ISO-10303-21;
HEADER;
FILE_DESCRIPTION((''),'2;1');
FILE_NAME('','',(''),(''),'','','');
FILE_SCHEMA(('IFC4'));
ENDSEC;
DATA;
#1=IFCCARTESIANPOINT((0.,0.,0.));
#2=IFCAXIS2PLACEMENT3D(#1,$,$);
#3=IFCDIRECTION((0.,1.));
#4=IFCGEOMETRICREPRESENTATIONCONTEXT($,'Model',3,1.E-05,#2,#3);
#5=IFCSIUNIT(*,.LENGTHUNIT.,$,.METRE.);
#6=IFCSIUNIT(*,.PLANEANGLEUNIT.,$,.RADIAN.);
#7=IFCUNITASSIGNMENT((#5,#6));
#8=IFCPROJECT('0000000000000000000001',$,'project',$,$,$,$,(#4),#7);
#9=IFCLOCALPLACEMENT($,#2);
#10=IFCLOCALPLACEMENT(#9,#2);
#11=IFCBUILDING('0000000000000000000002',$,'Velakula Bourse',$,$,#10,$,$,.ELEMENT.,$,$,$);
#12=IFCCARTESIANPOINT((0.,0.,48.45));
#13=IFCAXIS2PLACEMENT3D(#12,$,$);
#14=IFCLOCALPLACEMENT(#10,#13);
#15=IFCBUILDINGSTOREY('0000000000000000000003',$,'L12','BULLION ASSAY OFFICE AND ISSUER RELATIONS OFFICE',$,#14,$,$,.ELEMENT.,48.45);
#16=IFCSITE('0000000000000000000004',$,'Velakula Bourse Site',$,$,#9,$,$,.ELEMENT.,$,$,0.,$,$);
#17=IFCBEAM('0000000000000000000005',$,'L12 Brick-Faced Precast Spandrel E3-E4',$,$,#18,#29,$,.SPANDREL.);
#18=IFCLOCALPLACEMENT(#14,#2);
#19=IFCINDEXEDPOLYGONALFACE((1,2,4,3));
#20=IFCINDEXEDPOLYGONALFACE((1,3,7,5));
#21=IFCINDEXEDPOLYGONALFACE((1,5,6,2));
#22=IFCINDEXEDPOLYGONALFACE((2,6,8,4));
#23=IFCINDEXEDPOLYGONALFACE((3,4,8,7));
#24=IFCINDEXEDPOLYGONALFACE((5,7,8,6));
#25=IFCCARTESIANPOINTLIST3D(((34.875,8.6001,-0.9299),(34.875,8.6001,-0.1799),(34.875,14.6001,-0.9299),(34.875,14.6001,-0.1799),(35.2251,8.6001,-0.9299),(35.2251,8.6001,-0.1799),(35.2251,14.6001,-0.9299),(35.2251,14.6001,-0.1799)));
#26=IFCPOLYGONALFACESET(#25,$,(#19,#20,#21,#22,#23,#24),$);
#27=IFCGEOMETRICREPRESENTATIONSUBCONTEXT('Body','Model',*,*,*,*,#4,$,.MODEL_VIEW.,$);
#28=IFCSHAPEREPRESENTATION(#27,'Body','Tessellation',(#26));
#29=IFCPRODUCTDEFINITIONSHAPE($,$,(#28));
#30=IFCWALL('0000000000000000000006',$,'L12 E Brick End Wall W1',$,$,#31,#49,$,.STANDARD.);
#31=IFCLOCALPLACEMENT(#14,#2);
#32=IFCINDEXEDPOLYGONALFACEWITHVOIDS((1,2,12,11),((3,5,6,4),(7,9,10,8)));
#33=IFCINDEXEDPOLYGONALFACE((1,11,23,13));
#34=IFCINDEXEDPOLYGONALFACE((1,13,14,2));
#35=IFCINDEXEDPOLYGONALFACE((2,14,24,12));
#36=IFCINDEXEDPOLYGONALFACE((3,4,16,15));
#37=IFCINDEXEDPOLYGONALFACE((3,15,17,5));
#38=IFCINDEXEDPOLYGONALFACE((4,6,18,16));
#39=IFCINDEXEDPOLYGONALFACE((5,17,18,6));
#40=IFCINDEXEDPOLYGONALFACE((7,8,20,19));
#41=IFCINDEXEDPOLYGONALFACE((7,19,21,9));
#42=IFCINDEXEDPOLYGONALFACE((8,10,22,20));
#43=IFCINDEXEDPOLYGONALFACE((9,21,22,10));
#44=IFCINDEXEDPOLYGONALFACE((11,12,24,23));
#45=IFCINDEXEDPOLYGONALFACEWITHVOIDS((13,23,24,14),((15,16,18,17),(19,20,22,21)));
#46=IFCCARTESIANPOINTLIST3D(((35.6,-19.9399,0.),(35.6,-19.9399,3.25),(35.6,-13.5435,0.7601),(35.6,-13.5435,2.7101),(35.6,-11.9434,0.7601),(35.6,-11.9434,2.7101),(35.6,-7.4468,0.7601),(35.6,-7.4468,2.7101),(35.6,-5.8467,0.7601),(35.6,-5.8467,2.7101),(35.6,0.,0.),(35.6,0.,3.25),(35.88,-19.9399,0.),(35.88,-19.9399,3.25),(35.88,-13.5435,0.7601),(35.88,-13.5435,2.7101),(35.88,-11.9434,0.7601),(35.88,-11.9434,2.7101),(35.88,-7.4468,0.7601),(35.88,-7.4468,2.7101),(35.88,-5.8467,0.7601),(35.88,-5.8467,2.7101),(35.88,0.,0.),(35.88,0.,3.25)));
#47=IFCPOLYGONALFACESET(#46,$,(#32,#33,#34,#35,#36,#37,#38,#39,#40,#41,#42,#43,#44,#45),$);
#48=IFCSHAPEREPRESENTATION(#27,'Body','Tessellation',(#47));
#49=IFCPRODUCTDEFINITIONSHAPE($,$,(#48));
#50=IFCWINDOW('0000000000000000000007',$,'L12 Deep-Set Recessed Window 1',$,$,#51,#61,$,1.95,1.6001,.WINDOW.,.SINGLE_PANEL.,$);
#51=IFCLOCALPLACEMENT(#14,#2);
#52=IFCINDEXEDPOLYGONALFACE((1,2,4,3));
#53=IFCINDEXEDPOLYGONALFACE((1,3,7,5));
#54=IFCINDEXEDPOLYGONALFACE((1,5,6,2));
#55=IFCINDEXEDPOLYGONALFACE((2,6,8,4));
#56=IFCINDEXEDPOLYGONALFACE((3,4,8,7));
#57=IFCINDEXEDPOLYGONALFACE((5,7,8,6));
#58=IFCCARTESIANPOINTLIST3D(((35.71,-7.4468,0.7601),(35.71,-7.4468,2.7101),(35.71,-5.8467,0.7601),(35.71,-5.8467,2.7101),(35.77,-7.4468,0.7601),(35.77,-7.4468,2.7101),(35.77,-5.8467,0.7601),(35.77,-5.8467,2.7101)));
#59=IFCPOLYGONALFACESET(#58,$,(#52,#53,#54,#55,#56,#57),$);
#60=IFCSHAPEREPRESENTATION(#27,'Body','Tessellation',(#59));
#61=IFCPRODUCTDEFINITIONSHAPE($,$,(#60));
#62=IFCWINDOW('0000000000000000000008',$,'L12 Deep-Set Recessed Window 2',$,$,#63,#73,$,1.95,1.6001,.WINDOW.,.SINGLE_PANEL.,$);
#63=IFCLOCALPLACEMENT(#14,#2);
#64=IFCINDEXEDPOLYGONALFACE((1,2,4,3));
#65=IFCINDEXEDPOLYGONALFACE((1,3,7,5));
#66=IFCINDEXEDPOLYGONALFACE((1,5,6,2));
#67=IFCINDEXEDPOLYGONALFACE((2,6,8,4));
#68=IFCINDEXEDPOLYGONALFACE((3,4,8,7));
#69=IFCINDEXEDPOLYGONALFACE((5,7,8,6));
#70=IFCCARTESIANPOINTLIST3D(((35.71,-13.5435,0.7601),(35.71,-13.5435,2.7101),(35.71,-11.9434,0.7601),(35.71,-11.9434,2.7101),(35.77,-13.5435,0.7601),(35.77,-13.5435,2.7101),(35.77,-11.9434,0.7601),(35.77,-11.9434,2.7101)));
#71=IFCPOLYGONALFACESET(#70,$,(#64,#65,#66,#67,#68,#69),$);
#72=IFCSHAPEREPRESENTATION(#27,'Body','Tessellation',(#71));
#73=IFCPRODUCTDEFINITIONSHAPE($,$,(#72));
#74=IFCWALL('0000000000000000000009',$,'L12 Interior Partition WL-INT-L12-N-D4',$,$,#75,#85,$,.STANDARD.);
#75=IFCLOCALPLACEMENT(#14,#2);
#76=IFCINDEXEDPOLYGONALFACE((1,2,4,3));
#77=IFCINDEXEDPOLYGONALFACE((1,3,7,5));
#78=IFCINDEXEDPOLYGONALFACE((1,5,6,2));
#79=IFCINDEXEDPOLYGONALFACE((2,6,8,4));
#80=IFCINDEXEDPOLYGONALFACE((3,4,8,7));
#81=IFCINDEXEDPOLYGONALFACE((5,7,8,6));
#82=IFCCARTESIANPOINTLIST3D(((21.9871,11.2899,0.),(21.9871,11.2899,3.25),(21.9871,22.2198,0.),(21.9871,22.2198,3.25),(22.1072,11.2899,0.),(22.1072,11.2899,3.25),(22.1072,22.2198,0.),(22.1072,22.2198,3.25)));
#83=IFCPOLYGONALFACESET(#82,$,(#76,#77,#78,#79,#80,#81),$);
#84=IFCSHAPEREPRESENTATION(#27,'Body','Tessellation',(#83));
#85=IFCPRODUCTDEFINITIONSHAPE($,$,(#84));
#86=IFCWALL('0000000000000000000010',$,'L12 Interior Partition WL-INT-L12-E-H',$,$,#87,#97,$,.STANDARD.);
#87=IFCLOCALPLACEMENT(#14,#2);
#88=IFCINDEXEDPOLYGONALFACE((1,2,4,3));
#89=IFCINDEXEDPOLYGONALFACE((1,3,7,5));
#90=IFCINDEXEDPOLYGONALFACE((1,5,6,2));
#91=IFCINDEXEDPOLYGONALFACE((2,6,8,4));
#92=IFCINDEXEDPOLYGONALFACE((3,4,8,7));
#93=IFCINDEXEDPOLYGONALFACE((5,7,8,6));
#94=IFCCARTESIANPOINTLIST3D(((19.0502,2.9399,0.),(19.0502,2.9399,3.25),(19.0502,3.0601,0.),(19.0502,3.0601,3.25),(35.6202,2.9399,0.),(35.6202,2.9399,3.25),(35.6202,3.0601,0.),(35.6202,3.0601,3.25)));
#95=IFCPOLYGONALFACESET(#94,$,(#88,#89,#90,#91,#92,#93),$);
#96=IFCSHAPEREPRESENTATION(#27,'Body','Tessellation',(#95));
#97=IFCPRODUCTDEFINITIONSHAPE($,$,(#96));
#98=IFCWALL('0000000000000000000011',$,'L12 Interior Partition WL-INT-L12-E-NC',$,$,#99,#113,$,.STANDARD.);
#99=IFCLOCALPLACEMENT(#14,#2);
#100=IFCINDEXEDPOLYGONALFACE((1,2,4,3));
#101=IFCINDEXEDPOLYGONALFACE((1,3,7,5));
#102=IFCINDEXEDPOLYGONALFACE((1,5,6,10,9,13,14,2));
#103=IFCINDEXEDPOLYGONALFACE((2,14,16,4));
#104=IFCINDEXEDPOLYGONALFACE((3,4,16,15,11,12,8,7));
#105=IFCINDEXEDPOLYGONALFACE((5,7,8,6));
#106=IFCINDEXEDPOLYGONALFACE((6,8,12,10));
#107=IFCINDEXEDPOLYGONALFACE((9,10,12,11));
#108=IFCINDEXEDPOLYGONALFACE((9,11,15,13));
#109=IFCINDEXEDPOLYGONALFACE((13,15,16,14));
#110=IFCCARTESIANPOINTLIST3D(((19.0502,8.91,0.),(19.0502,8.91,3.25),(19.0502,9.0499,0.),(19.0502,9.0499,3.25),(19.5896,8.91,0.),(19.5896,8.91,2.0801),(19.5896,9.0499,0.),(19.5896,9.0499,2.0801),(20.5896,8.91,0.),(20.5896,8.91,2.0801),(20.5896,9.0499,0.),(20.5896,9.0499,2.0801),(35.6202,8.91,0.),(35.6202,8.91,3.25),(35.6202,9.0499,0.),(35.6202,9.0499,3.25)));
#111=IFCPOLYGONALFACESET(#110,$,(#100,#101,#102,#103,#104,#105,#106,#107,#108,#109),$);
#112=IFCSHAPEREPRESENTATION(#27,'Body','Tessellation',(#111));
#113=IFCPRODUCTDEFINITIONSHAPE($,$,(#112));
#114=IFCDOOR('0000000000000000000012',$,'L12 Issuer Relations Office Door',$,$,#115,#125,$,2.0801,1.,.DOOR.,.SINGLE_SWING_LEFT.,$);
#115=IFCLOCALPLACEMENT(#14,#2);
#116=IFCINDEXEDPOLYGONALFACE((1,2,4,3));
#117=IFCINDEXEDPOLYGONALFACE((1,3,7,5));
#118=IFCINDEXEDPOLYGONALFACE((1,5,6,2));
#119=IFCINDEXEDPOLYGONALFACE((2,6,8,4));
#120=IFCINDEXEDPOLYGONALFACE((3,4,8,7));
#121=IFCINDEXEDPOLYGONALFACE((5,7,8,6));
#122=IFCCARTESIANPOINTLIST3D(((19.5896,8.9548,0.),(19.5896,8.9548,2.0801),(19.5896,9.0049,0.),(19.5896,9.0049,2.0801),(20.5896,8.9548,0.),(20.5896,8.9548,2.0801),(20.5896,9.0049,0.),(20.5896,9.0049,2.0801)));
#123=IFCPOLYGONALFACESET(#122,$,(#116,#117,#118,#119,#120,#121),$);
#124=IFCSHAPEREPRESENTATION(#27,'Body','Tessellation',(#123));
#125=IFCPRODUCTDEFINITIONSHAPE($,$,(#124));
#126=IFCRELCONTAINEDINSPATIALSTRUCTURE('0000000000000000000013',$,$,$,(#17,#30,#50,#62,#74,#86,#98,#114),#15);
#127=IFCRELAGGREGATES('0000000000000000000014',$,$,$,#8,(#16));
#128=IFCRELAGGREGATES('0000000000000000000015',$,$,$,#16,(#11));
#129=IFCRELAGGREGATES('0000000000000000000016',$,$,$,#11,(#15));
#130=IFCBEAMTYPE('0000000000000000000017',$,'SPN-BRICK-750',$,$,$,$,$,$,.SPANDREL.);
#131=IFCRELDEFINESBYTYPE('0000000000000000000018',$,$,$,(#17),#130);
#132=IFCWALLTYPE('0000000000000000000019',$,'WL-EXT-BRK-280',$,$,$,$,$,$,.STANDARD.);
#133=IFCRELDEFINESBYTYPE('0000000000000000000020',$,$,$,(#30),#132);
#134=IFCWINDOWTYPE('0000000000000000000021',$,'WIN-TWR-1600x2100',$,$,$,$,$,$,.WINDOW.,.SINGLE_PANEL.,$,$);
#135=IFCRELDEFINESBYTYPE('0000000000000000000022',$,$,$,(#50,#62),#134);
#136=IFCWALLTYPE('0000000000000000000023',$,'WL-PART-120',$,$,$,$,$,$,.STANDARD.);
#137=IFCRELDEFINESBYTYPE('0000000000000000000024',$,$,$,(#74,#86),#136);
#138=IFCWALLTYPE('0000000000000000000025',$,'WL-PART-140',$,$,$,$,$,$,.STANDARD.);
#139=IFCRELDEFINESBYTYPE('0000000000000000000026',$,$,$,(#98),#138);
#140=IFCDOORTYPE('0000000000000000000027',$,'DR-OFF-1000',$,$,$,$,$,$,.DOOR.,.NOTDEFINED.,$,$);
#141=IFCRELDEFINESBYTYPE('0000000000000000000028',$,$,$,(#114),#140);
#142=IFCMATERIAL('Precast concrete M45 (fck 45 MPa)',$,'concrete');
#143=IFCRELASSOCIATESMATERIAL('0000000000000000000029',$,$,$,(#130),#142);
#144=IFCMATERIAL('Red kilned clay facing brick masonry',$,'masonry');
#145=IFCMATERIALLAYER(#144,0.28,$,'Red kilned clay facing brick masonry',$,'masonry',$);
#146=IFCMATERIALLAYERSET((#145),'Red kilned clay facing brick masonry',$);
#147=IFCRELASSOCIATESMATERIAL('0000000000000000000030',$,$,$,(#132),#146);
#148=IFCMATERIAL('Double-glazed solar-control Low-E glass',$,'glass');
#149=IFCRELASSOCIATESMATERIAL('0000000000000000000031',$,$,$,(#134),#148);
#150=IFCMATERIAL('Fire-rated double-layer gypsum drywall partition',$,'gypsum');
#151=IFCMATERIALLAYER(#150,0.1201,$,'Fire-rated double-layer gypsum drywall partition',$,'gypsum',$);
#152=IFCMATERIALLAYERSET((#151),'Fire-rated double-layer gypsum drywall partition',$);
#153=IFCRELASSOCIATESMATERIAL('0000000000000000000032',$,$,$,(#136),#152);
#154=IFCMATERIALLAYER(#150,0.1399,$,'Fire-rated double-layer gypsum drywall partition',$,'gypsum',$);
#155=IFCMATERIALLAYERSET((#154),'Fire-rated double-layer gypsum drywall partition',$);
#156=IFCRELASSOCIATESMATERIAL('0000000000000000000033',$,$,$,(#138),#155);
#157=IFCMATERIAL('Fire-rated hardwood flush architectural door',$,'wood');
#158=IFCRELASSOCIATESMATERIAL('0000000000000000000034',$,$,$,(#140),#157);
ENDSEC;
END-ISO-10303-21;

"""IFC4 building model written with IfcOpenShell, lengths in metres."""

from ifc_helpers import new_model, si_unit, direction, frame, frame_2d, origin, origin_2d, place, context, subcontext, project, spatial, rectangle, extrude, material, layer, layer_set, material_profile, profile_set, type_object, element, fill, save


model = new_model("IFC4")

# Units and contexts
model_context = context("Model", 3, precision=1e-05, world=origin(), true_north=direction((0.0, 1.0)))
body_context = subcontext(model_context, "Body", "Model", "MODEL_VIEW")
ifc_project = project(units=[si_unit("LENGTHUNIT", "METRE"), si_unit("PLANEANGLEUNIT", "RADIAN")], contexts=[model_context])

# Site, building, storey
site_placement = place(None, origin())
site = spatial("IfcSite", under=ifc_project, at=site_placement, Name="Velakula Bourse Site", CompositionType="ELEMENT", RefElevation=0.0)
building_placement = place(site_placement, origin())
building = spatial("IfcBuilding", under=site, at=building_placement, Name="Velakula Bourse", CompositionType="ELEMENT")
storey_placement = place(building_placement, frame((0.0, 0.0, 48.45)))
storey = spatial("IfcBuildingStorey", under=building, at=storey_placement, Name="L12", Description="BULLION ASSAY OFFICE AND ISSUER RELATIONS OFFICE", CompositionType="ELEMENT", Elevation=48.45)

# Beam
ifc_material_1 = material(Name="Precast concrete M45 (fck 45 MPa)", Category="concrete")
ifc_material_profile_1 = material_profile(ifc_material_1, rectangle(XDim=0.3501, YDim=0.75, at=origin_2d()), Name="Precast concrete M45 (fck 45 MPa)")
ifc_profile_set_1 = profile_set([ifc_material_profile_1], Name="Precast concrete M45 (fck 45 MPa)")
beam_type_1 = type_object("IfcBeamType", Name="SPN-BRICK-750", PredefinedType="SPANDREL", material=ifc_profile_set_1)
beam_1_placement = place(storey_placement, frame((35.05, 8.6001, -0.5549), z_axis=(0.0, 1.0, 0.0), x_axis=(-1.0, 0.0, 0.0)))
element("IfcBeam", 1, at=beam_1_placement, inside=storey, type_object=beam_type_1, Name="L12 Brick-Faced Precast Spandrel E3-E4", PredefinedType="SPANDREL", context=body_context, shape_type="SweptSolid", body=[
    extrude(rectangle(XDim=0.3501, YDim=0.75, at=origin_2d()), origin(), (0.0, 0.0, 1.0), 6.0),
])

# Wall, openings, windows
ifc_material_2 = material(Name="Red kilned clay facing brick masonry", Category="masonry")
ifc_layer_1 = layer(ifc_material_2, 0.28, Name="Red kilned clay facing brick masonry", Category="masonry")
ifc_layer_set_1 = layer_set([ifc_layer_1], Name="Red kilned clay facing brick masonry")
wall_type_1 = type_object("IfcWallType", Name="WL-EXT-BRK-280", PredefinedType="STANDARD", material=ifc_layer_set_1)
wall_1_placement = place(storey_placement, frame((35.74, 0.0, 0.0), z_axis=(0.0, 0.0, 1.0), x_axis=(0.0, -1.0, 0.0)))
wall_1 = element("IfcWall", 2, at=wall_1_placement, inside=storey, type_object=wall_type_1, Name="L12 E Brick End Wall W1", PredefinedType="STANDARD", context=body_context, shape_type="SweptSolid", body=[
    extrude(rectangle(XDim=19.9399, YDim=0.28, at=frame_2d((9.97, 0.0))), origin(), (0.0, 0.0, 1.0), 3.25),
])
opening_1_placement = place(wall_1_placement, frame((5.8467, 0.0, 0.76)))
opening_1 = element("IfcOpeningElement", 3, at=opening_1_placement, cuts=wall_1, PredefinedType="OPENING", context=body_context, shape_type="SweptSolid", body=[
    extrude(rectangle(XDim=1.6001, YDim=1.95, at=frame_2d((0.8, 0.9751))), frame((0.0, 0.1499, 0.0), z_axis=(0.0, -1.0, 0.0), x_axis=(1.0, 0.0, 0.0)), (0.0, 0.0, 1.0), 0.3),
])
opening_2_placement = place(wall_1_placement, frame((11.9434, 0.0, 0.76)))
opening_2 = element("IfcOpeningElement", 4, at=opening_2_placement, cuts=wall_1, PredefinedType="OPENING", context=body_context, shape_type="SweptSolid", body=[
    extrude(rectangle(XDim=1.6001, YDim=1.95, at=frame_2d((0.8, 0.9751))), frame((0.0, 0.1499, 0.0), z_axis=(0.0, -1.0, 0.0), x_axis=(1.0, 0.0, 0.0)), (0.0, 0.0, 1.0), 0.3),
])
ifc_material_3 = material(Name="Double-glazed solar-control Low-E glass", Category="glass")
window_type = type_object("IfcWindowType", Name="WIN-TWR-1600x2100", PartitioningType="SINGLE_PANEL", PredefinedType="WINDOW", material=ifc_material_3)
window_1_placement = place(opening_1_placement, origin())
window_1 = element("IfcWindow", 5, at=window_1_placement, inside=storey, type_object=window_type, Name="L12 Deep-Set Recessed Window 1", OverallHeight=1.95, OverallWidth=1.6001, PartitioningType="SINGLE_PANEL", PredefinedType="WINDOW", context=body_context, shape_type="SweptSolid", body=[
    extrude(rectangle(XDim=1.6001, YDim=1.95, at=frame_2d((0.8, 0.9751))), frame((0.0, 0.03, 0.0), z_axis=(0.0, -1.0, 0.0), x_axis=(1.0, 0.0, 0.0)), (0.0, 0.0, 1.0), 0.0601),
])
fill(opening_1, window_1)
window_2_placement = place(opening_2_placement, origin())
window_2 = element("IfcWindow", 6, at=window_2_placement, inside=storey, type_object=window_type, Name="L12 Deep-Set Recessed Window 2", OverallHeight=1.95, OverallWidth=1.6001, PartitioningType="SINGLE_PANEL", PredefinedType="WINDOW", context=body_context, shape_type="SweptSolid", body=[
    extrude(rectangle(XDim=1.6001, YDim=1.95, at=frame_2d((0.8, 0.9751))), frame((0.0, 0.03, 0.0), z_axis=(0.0, -1.0, 0.0), x_axis=(1.0, 0.0, 0.0)), (0.0, 0.0, 1.0), 0.0601),
])
fill(opening_2, window_2)

# Walls
ifc_material_4 = material(Name="Fire-rated double-layer gypsum drywall partition", Category="gypsum")
ifc_layer_2 = layer(ifc_material_4, 0.1201, Name="Fire-rated double-layer gypsum drywall partition", Category="gypsum")
ifc_layer_set_2 = layer_set([ifc_layer_2], Name="Fire-rated double-layer gypsum drywall partition")
wall_type_2 = type_object("IfcWallType", Name="WL-PART-120", PredefinedType="STANDARD", material=ifc_layer_set_2)
wall_2_placement = place(storey_placement, frame((22.0471, 11.29, 0.0), z_axis=(0.0, 0.0, 1.0), x_axis=(0.0, 1.0, 0.0)))
element("IfcWall", 7, at=wall_2_placement, inside=storey, type_object=wall_type_2, Name="L12 Interior Partition WL-INT-L12-N-D4", PredefinedType="STANDARD", context=body_context, shape_type="SweptSolid", body=[
    extrude(rectangle(XDim=10.9299, YDim=0.1201, at=frame_2d((5.4648, 0.0))), origin(), (0.0, 0.0, 1.0), 3.25),
])
wall_3_placement = place(storey_placement, frame((19.05, 3.0, 0.0), z_axis=(0.0, 0.0, 1.0), x_axis=(1.0, 0.0, 0.0)))
element("IfcWall", 8, at=wall_3_placement, inside=storey, type_object=wall_type_2, Name="L12 Interior Partition WL-INT-L12-E-H", PredefinedType="STANDARD", context=body_context, shape_type="SweptSolid", body=[
    extrude(rectangle(XDim=16.5701, YDim=0.1201, at=frame_2d((8.2852, 0.0))), origin(), (0.0, 0.0, 1.0), 3.25),
])

# Wall, opening, door
ifc_layer_3 = layer(ifc_material_4, 0.1399, Name="Fire-rated double-layer gypsum drywall partition", Category="gypsum")
ifc_layer_set_3 = layer_set([ifc_layer_3], Name="Fire-rated double-layer gypsum drywall partition")
wall_type_3 = type_object("IfcWallType", Name="WL-PART-140", PredefinedType="STANDARD", material=ifc_layer_set_3)
wall_4_placement = place(storey_placement, frame((19.05, 8.98, 0.0), z_axis=(0.0, 0.0, 1.0), x_axis=(1.0, 0.0, 0.0)))
wall_4 = element("IfcWall", 9, at=wall_4_placement, inside=storey, type_object=wall_type_3, Name="L12 Interior Partition WL-INT-L12-E-NC", PredefinedType="STANDARD", context=body_context, shape_type="SweptSolid", body=[
    extrude(rectangle(XDim=16.5701, YDim=0.1399, at=frame_2d((8.2852, 0.0))), origin(), (0.0, 0.0, 1.0), 3.25),
])
opening_3_placement = place(wall_4_placement, frame((0.5396, 0.0, 0.0)))
opening_3 = element("IfcOpeningElement", 10, at=opening_3_placement, cuts=wall_4, PredefinedType="OPENING", context=body_context, shape_type="SweptSolid", body=[
    extrude(rectangle(XDim=1.0, YDim=2.0801, at=frame_2d((0.5, 1.04))), frame((0.0, 0.0798, 0.0), z_axis=(0.0, -1.0, 0.0), x_axis=(1.0, 0.0, 0.0)), (0.0, 0.0, 1.0), 0.1599),
])
ifc_material_5 = material(Name="Fire-rated hardwood flush architectural door", Category="wood")
door_type = type_object("IfcDoorType", Name="DR-OFF-1000", OperationType="NOTDEFINED", PredefinedType="DOOR", material=ifc_material_5)
door_placement = place(opening_3_placement, origin())
door = element("IfcDoor", 11, at=door_placement, inside=storey, type_object=door_type, Name="L12 Issuer Relations Office Door", OperationType="SINGLE_SWING_LEFT", OverallHeight=2.0801, OverallWidth=1.0, PredefinedType="DOOR", context=body_context, shape_type="SweptSolid", body=[
    extrude(rectangle(XDim=1.0, YDim=2.0801, at=frame_2d((0.5, 1.04))), frame((0.0, 0.0249, 0.0), z_axis=(0.0, -1.0, 0.0), x_axis=(1.0, 0.0, 0.0)), (0.0, 0.0, 1.0), 0.05),
])
fill(opening_3, door)

save(model, "model.ifc")
